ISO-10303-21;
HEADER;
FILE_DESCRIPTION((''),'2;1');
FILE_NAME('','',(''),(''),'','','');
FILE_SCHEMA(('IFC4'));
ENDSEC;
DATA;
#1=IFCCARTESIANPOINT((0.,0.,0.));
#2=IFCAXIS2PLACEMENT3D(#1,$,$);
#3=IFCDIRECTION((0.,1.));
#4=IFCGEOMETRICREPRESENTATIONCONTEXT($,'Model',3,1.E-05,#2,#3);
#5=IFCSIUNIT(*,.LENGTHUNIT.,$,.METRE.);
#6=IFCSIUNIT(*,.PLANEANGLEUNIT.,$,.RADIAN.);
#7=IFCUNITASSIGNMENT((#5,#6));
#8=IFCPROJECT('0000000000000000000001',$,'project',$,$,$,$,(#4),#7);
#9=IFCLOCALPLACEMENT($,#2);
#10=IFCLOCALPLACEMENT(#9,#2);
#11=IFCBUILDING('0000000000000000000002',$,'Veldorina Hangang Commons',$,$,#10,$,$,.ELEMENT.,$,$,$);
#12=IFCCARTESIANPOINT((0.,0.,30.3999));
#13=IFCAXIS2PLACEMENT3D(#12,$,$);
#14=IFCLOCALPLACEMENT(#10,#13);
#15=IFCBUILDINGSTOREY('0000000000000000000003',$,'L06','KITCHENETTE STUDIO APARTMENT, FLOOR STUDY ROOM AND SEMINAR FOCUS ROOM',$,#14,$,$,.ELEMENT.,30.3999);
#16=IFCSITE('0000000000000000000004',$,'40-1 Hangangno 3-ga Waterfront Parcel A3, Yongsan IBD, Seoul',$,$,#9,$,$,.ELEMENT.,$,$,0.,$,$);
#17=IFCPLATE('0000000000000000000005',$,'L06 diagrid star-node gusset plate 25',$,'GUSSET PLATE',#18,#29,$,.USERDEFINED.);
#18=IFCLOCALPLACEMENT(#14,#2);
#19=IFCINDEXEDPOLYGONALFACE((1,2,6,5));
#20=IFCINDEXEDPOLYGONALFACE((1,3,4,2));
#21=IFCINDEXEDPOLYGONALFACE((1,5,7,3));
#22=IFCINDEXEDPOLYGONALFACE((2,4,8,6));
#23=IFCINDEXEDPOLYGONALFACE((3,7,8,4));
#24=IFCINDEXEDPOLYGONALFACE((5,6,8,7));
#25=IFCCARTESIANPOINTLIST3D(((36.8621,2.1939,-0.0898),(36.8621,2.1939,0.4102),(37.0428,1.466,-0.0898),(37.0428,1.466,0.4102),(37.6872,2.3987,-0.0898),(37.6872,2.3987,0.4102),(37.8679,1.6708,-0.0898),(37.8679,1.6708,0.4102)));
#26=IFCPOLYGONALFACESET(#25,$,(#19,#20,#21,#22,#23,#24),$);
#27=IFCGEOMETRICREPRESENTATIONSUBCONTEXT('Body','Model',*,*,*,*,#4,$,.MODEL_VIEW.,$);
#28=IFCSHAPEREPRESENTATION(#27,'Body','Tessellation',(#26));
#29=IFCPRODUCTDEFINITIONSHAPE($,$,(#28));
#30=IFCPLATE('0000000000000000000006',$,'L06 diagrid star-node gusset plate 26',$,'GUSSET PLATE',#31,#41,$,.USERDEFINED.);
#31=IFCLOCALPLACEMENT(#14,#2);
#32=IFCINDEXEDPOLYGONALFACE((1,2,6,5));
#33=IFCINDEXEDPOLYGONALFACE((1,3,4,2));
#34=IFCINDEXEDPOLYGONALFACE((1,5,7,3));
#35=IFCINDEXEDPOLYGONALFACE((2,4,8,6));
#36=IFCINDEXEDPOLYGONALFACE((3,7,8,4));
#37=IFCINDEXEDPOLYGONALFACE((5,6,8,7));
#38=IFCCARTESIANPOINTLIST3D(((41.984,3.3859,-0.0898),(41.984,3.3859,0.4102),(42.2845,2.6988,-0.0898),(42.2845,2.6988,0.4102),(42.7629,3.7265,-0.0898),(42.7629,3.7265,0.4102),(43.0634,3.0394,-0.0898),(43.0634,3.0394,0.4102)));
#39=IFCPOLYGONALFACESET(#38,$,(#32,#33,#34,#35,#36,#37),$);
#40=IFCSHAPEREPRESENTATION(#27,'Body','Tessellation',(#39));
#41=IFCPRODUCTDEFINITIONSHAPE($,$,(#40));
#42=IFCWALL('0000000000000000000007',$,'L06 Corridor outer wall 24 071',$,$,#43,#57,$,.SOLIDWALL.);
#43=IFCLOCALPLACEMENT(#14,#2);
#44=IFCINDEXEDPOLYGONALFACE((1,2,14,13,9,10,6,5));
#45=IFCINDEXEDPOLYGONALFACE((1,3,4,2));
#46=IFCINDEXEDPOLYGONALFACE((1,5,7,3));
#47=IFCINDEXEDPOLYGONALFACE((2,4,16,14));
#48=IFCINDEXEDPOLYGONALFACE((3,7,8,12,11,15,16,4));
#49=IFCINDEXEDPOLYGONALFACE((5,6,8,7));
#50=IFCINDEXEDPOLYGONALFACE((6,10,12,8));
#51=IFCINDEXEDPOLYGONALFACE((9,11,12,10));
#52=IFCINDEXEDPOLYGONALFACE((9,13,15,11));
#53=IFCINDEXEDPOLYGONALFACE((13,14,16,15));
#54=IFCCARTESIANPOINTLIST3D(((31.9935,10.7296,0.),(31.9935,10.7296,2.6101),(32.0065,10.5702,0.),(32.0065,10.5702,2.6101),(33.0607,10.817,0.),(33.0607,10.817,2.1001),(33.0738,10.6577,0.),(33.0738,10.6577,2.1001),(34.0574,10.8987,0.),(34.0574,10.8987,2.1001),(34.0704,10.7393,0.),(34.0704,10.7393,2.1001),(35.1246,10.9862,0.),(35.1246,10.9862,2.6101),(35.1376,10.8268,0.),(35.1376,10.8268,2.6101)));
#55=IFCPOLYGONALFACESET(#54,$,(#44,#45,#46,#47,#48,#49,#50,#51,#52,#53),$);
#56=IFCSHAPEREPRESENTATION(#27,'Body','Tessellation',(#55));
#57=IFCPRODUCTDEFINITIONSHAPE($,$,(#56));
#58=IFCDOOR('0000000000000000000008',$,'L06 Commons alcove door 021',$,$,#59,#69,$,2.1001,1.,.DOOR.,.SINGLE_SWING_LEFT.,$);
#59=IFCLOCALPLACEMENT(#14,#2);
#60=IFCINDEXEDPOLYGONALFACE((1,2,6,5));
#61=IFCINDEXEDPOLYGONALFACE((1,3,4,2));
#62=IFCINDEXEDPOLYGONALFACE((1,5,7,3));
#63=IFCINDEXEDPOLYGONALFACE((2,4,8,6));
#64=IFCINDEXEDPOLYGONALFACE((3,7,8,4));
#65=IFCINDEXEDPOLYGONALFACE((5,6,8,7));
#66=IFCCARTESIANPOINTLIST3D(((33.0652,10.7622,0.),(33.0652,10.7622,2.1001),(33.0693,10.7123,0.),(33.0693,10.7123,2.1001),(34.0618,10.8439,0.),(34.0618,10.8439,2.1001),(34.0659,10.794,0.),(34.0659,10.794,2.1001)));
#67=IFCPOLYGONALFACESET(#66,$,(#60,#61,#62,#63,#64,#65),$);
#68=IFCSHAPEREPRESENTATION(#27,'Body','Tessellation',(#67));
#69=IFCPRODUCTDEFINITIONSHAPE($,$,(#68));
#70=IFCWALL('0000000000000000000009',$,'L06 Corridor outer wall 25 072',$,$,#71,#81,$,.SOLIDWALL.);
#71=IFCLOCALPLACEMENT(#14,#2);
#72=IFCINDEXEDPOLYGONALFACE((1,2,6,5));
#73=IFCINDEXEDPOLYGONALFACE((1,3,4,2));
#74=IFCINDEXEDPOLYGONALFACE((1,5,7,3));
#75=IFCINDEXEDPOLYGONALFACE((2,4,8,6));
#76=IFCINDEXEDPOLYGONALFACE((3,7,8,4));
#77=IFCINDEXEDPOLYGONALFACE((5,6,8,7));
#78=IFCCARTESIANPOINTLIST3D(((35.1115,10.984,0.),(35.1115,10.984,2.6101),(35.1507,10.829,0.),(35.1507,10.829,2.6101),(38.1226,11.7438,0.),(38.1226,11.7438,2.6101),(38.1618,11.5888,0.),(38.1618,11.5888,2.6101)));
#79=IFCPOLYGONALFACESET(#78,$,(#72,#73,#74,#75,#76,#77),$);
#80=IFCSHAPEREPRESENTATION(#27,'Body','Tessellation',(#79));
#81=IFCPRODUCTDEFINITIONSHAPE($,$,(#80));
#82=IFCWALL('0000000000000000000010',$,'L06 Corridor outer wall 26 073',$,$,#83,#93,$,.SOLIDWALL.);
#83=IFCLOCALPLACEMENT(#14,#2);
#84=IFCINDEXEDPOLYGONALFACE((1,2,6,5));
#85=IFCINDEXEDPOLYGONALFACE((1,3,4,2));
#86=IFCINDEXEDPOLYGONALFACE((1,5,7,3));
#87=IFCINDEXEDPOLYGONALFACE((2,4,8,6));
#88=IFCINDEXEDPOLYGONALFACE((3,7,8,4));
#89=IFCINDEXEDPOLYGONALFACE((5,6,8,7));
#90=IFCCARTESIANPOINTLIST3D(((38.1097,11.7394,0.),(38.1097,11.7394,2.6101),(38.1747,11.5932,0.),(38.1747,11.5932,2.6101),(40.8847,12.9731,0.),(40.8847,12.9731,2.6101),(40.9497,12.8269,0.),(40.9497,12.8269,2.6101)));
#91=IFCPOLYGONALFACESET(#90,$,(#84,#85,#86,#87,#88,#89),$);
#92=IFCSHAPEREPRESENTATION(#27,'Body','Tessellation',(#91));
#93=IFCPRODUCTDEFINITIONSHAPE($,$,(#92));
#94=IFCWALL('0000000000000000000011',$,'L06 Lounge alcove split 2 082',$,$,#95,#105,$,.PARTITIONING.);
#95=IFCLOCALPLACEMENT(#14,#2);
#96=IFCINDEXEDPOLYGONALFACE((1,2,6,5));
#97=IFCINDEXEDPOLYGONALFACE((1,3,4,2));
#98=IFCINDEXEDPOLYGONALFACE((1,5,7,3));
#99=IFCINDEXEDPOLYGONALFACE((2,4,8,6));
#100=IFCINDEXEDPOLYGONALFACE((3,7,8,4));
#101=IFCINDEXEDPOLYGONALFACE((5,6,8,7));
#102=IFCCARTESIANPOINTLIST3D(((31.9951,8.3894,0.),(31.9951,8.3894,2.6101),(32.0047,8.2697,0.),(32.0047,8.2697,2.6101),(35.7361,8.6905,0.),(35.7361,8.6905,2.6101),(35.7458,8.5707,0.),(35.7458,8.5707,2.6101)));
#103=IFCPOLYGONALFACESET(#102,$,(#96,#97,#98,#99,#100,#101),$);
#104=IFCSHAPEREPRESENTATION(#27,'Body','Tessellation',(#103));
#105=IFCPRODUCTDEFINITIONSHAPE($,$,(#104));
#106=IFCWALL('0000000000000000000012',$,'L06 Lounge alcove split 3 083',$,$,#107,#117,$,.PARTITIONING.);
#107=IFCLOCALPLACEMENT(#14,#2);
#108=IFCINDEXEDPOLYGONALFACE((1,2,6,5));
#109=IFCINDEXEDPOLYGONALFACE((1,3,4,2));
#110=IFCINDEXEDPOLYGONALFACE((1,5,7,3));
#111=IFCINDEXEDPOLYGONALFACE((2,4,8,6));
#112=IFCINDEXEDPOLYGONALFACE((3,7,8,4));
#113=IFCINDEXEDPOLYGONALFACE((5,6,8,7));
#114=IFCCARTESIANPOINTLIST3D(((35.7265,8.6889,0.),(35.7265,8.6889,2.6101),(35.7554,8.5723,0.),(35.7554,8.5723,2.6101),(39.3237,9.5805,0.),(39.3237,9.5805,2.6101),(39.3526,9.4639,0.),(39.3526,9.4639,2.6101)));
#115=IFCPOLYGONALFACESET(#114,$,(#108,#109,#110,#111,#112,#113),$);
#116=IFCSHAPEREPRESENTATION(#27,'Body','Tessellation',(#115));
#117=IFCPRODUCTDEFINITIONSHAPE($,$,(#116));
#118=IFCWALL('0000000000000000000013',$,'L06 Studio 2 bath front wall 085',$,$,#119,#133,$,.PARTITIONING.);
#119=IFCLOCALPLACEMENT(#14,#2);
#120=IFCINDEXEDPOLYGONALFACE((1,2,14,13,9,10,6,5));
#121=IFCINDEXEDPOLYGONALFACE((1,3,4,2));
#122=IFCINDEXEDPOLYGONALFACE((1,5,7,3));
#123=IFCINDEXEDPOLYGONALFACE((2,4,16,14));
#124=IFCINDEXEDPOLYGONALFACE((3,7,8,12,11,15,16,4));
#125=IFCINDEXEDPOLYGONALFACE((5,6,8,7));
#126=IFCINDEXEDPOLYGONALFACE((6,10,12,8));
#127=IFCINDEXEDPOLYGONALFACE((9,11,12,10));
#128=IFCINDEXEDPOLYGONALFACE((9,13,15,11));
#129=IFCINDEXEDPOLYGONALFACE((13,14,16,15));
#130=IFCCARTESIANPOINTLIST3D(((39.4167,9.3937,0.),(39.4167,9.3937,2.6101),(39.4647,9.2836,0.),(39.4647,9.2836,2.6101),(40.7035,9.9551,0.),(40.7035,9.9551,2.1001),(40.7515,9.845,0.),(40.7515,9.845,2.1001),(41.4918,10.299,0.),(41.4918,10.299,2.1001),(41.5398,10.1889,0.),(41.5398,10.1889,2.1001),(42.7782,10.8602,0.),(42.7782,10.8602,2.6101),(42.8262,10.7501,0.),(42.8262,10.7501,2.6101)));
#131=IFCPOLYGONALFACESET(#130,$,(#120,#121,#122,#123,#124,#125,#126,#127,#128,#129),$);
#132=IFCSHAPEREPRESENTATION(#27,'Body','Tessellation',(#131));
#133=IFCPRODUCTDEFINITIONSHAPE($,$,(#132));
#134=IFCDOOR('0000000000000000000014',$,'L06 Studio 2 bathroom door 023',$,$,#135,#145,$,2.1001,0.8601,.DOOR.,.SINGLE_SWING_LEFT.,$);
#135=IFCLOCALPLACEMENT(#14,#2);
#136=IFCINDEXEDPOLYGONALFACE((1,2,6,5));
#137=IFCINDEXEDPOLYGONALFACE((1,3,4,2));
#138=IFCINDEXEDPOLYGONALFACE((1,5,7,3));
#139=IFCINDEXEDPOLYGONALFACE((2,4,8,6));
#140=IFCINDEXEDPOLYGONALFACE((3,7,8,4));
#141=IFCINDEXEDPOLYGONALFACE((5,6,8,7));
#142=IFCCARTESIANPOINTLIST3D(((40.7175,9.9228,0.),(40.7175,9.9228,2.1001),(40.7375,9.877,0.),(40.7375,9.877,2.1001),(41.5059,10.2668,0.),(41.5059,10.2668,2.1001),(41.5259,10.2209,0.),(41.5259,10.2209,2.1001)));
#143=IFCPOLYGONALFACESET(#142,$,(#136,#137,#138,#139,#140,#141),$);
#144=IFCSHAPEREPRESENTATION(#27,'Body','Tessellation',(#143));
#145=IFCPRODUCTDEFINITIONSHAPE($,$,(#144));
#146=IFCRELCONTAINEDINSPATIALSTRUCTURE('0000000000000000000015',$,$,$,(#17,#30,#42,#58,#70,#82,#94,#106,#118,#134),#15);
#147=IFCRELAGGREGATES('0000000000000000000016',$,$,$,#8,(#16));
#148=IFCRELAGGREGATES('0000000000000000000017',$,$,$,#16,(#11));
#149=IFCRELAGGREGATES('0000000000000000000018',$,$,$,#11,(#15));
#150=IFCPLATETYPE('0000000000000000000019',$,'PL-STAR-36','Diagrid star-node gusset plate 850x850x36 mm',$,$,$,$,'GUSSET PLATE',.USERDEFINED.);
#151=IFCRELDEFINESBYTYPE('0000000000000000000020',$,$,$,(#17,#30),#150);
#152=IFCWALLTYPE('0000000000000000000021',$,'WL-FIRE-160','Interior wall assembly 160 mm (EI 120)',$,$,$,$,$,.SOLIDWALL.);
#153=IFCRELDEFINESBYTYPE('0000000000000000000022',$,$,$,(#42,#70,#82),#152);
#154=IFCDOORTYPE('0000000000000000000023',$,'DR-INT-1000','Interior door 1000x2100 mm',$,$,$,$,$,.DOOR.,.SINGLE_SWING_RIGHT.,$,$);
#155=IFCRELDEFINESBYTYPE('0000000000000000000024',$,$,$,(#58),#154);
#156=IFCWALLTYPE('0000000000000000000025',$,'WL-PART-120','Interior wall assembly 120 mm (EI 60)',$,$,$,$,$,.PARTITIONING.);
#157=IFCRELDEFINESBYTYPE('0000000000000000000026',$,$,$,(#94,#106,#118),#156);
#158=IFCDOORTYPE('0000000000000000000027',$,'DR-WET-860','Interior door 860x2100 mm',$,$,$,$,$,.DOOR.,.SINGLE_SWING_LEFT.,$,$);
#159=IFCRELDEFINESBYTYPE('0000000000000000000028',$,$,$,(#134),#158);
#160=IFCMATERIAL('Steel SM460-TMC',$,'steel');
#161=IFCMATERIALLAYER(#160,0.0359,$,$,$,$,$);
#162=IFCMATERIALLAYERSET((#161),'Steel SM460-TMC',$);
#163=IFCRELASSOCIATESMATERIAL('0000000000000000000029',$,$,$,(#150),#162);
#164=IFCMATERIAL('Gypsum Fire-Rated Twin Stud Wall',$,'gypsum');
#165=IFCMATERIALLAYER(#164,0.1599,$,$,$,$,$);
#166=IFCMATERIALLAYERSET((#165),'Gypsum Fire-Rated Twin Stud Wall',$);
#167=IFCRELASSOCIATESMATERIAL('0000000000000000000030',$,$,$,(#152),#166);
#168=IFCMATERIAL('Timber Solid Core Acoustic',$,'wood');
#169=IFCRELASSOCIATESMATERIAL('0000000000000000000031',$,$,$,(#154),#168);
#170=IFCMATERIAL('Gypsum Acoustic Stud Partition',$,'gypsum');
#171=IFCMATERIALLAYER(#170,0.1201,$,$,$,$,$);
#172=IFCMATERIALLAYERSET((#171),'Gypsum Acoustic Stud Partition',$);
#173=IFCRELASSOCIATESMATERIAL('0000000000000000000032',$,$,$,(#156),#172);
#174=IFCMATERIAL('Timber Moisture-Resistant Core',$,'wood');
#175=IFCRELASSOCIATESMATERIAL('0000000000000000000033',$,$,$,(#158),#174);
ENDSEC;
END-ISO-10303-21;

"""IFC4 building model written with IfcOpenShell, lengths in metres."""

from ifc_helpers import new_model, si_unit, direction, frame, frame_2d, origin, origin_2d, place, context, subcontext, project, spatial, rectangle, extrude, material, layer, layer_set, type_object, element, fill, save


model = new_model("IFC4")

# Units and contexts
model_context = context("Model", 3, precision=1e-05, world=origin(), true_north=direction((0.0, 1.0)))
body_context = subcontext(model_context, "Body", "Model", "MODEL_VIEW")
ifc_project = project(units=[si_unit("LENGTHUNIT", "METRE"), si_unit("PLANEANGLEUNIT", "RADIAN")], contexts=[model_context])

# Site, building, storey
site_placement = place(None, origin())
site = spatial("IfcSite", under=ifc_project, at=site_placement, Name="40-1 Hangangno 3-ga Waterfront Parcel A3, Yongsan IBD, Seoul", CompositionType="ELEMENT", RefElevation=0.0)
building_placement = place(site_placement, origin())
building = spatial("IfcBuilding", under=site, at=building_placement, Name="Veldorina Hangang Commons", CompositionType="ELEMENT")
storey_placement = place(building_placement, frame((0.0, 0.0, 30.3999)))
storey = spatial("IfcBuildingStorey", under=building, at=storey_placement, Name="L06", Description="KITCHENETTE STUDIO APARTMENT, FLOOR STUDY ROOM AND SEMINAR FOCUS ROOM", CompositionType="ELEMENT", Elevation=30.3999)

# Shared definitions
ifc_material_1 = material(Name="Steel SM460-TMC", Category="steel")

# Plates
ifc_layer_1 = layer(ifc_material_1, 0.0359)
ifc_layer_set_1 = layer_set([ifc_layer_1], Name="Steel SM460-TMC")
plate_type_1 = type_object("IfcPlateType", Name="PL-STAR-36", Description="Diagrid star-node gusset plate 850x850x36 mm", ElementType="GUSSET PLATE", PredefinedType="USERDEFINED", material=ifc_layer_set_1)
for number, where, z_axis, x_axis, name in (
    (1, (37.365, 1.9324, -0.0898), (0.0, 0.0, 1.0), (0.970553, 0.240889, 0.0), "L06 diagrid star-node gusset plate 25"),
    (2, (42.5237, 3.2126, -0.0898), (0.0, 0.0, 1.0), (0.916216, 0.400685, 0.0), "L06 diagrid star-node gusset plate 26"),
):
    element("IfcPlate", number, at=place(storey_placement, frame(where, z_axis=z_axis, x_axis=x_axis)), inside=storey, type_object=plate_type_1, Name=name, ObjectType="GUSSET PLATE", PredefinedType="USERDEFINED", context=body_context, shape_type="SweptSolid", body=[
        extrude(rectangle(XDim=0.8501, YDim=0.75, at=origin_2d()), origin(), (0.0, 0.0, 1.0), 0.5),
    ])

# Wall, opening, door
ifc_material_2 = material(Name="Gypsum Fire-Rated Twin Stud Wall", Category="gypsum")
ifc_layer_2 = layer(ifc_material_2, 0.1599)
ifc_layer_set_2 = layer_set([ifc_layer_2], Name="Gypsum Fire-Rated Twin Stud Wall")
wall_type_1 = type_object("IfcWallType", Name="WL-FIRE-160", Description="Interior wall assembly 160 mm (EI 120)", PredefinedType="SOLIDWALL", material=ifc_layer_set_2)
wall_1_placement = place(storey_placement, frame((32.0, 10.6499, 0.0), z_axis=(0.0, 0.0, 1.0), x_axis=(0.996659, 0.081676, 0.0)))
wall_1 = element("IfcWall", 3, at=wall_1_placement, inside=storey, type_object=wall_type_1, Name="L06 Corridor outer wall 24 071", PredefinedType="SOLIDWALL", context=body_context, shape_type="SweptSolid", body=[
    extrude(rectangle(XDim=3.1416, YDim=0.1599, at=frame_2d((1.5708, 0.0))), origin(), (0.0, 0.0, 1.0), 2.6101),
])
opening_1_placement = place(wall_1_placement, frame((1.0708, 0.0, 0.0)))
opening_1 = element("IfcOpeningElement", 4, at=opening_1_placement, cuts=wall_1, PredefinedType="OPENING", context=body_context, shape_type="SweptSolid", body=[
    extrude(rectangle(XDim=1.0, YDim=2.1001, at=frame_2d((0.5, 1.05))), frame((0.0, 0.0898, 0.0), z_axis=(0.0, -1.0, 0.0), x_axis=(1.0, 0.0, 0.0)), (0.0, 0.0, 1.0), 0.1799),
])
ifc_material_3 = material(Name="Timber Solid Core Acoustic", Category="wood")
door_type_1 = type_object("IfcDoorType", Name="DR-INT-1000", Description="Interior door 1000x2100 mm", OperationType="SINGLE_SWING_RIGHT", PredefinedType="DOOR", material=ifc_material_3)
door_1_placement = place(opening_1_placement, origin())
door_1 = element("IfcDoor", 5, at=door_1_placement, inside=storey, type_object=door_type_1, Name="L06 Commons alcove door 021", OperationType="SINGLE_SWING_LEFT", OverallHeight=2.1001, OverallWidth=1.0, PredefinedType="DOOR", context=body_context, shape_type="SweptSolid", body=[
    extrude(rectangle(XDim=1.0, YDim=2.1001, at=frame_2d((0.5, 1.05))), frame((0.0, 0.0249, 0.0), z_axis=(0.0, -1.0, 0.0), x_axis=(1.0, 0.0, 0.0)), (0.0, 0.0, 1.0), 0.05),
])
fill(opening_1, door_1)

# Walls
wall_2_placement = place(storey_placement, frame((35.1311, 10.9065, 0.0), z_axis=(0.0, 0.0, 1.0), x_axis=(0.969608, 0.244662, 0.0)))
element("IfcWall", 6, at=wall_2_placement, inside=storey, type_object=wall_type_1, Name="L06 Corridor outer wall 25 072", PredefinedType="SOLIDWALL", context=body_context, shape_type="SweptSolid", body=[
    extrude(rectangle(XDim=3.1055, YDim=0.1599, at=frame_2d((1.5527, 0.0))), origin(), (0.0, 0.0, 1.0), 2.6101),
])
wall_3_placement = place(storey_placement, frame((38.1421, 11.6663, 0.0), z_axis=(0.0, 0.0, 1.0), x_axis=(0.913768, 0.406235, 0.0)))
element("IfcWall", 7, at=wall_3_placement, inside=storey, type_object=wall_type_1, Name="L06 Corridor outer wall 26 073", PredefinedType="SOLIDWALL", context=body_context, shape_type="SweptSolid", body=[
    extrude(rectangle(XDim=3.0369, YDim=0.1599, at=frame_2d((1.5186, 0.0))), origin(), (0.0, 0.0, 1.0), 2.6101),
])
ifc_material_4 = material(Name="Gypsum Acoustic Stud Partition", Category="gypsum")
ifc_layer_3 = layer(ifc_material_4, 0.1201)
ifc_layer_set_3 = layer_set([ifc_layer_3], Name="Gypsum Acoustic Stud Partition")
wall_type_2 = type_object("IfcWallType", Name="WL-PART-120", Description="Interior wall assembly 120 mm (EI 60)", PredefinedType="PARTITIONING", material=ifc_layer_set_3)
wall_4_placement = place(storey_placement, frame((32.0, 8.3296, 0.0), z_axis=(0.0, 0.0, 1.0), x_axis=(0.996778, 0.080208, 0.0)))
element("IfcWall", 8, at=wall_4_placement, inside=storey, type_object=wall_type_2, Name="L06 Lounge alcove split 2 082", PredefinedType="PARTITIONING", context=body_context, shape_type="SweptSolid", body=[
    extrude(rectangle(XDim=3.7532, YDim=0.1201, at=frame_2d((1.8765, 0.0))), origin(), (0.0, 0.0, 1.0), 2.6101),
])
wall_5_placement = place(storey_placement, frame((35.741, 8.6306, 0.0), z_axis=(0.0, 0.0, 1.0), x_axis=(0.970629, 0.240582, 0.0)))
element("IfcWall", 9, at=wall_5_placement, inside=storey, type_object=wall_type_2, Name="L06 Lounge alcove split 3 083", PredefinedType="PARTITIONING", context=body_context, shape_type="SweptSolid", body=[
    extrude(rectangle(XDim=3.7061, YDim=0.1201, at=frame_2d((1.853, 0.0))), origin(), (0.0, 0.0, 1.0), 2.6101),
])

# Wall, opening, door
wall_6_placement = place(storey_placement, frame((39.4407, 9.3386, 0.0), z_axis=(0.0, 0.0, 1.0), x_axis=(0.916571, 0.399872, 0.0)))
wall_6 = element("IfcWall", 10, at=wall_6_placement, inside=storey, type_object=wall_type_2, Name="L06 Studio 2 bath front wall 085", PredefinedType="PARTITIONING", context=body_context, shape_type="SweptSolid", body=[
    extrude(rectangle(XDim=3.6675, YDim=0.1201, at=frame_2d((1.8337, 0.0))), origin(), (0.0, 0.0, 1.0), 2.6101),
])
opening_2_placement = place(wall_6_placement, frame((1.4038, 0.0, 0.0)))
opening_2 = element("IfcOpeningElement", 11, at=opening_2_placement, cuts=wall_6, PredefinedType="OPENING", context=body_context, shape_type="SweptSolid", body=[
    extrude(rectangle(XDim=0.8601, YDim=2.1001, at=frame_2d((0.4302, 1.05))), frame((0.0, 0.0701, 0.0), z_axis=(0.0, -1.0, 0.0), x_axis=(1.0, 0.0, 0.0)), (0.0, 0.0, 1.0), 0.1401),
])
ifc_material_5 = material(Name="Timber Moisture-Resistant Core", Category="wood")
door_type_2 = type_object("IfcDoorType", Name="DR-WET-860", Description="Interior door 860x2100 mm", OperationType="SINGLE_SWING_LEFT", PredefinedType="DOOR", material=ifc_material_5)
door_2_placement = place(opening_2_placement, origin())
door_2 = element("IfcDoor", 12, at=door_2_placement, inside=storey, type_object=door_type_2, Name="L06 Studio 2 bathroom door 023", OperationType="SINGLE_SWING_LEFT", OverallHeight=2.1001, OverallWidth=0.8601, PredefinedType="DOOR", context=body_context, shape_type="SweptSolid", body=[
    extrude(rectangle(XDim=0.8601, YDim=2.1001, at=frame_2d((0.4302, 1.05))), frame((0.0, 0.0249, 0.0), z_axis=(0.0, -1.0, 0.0), x_axis=(1.0, 0.0, 0.0)), (0.0, 0.0, 1.0), 0.05),
])
fill(opening_2, door_2)

save(model, "model.ifc")
